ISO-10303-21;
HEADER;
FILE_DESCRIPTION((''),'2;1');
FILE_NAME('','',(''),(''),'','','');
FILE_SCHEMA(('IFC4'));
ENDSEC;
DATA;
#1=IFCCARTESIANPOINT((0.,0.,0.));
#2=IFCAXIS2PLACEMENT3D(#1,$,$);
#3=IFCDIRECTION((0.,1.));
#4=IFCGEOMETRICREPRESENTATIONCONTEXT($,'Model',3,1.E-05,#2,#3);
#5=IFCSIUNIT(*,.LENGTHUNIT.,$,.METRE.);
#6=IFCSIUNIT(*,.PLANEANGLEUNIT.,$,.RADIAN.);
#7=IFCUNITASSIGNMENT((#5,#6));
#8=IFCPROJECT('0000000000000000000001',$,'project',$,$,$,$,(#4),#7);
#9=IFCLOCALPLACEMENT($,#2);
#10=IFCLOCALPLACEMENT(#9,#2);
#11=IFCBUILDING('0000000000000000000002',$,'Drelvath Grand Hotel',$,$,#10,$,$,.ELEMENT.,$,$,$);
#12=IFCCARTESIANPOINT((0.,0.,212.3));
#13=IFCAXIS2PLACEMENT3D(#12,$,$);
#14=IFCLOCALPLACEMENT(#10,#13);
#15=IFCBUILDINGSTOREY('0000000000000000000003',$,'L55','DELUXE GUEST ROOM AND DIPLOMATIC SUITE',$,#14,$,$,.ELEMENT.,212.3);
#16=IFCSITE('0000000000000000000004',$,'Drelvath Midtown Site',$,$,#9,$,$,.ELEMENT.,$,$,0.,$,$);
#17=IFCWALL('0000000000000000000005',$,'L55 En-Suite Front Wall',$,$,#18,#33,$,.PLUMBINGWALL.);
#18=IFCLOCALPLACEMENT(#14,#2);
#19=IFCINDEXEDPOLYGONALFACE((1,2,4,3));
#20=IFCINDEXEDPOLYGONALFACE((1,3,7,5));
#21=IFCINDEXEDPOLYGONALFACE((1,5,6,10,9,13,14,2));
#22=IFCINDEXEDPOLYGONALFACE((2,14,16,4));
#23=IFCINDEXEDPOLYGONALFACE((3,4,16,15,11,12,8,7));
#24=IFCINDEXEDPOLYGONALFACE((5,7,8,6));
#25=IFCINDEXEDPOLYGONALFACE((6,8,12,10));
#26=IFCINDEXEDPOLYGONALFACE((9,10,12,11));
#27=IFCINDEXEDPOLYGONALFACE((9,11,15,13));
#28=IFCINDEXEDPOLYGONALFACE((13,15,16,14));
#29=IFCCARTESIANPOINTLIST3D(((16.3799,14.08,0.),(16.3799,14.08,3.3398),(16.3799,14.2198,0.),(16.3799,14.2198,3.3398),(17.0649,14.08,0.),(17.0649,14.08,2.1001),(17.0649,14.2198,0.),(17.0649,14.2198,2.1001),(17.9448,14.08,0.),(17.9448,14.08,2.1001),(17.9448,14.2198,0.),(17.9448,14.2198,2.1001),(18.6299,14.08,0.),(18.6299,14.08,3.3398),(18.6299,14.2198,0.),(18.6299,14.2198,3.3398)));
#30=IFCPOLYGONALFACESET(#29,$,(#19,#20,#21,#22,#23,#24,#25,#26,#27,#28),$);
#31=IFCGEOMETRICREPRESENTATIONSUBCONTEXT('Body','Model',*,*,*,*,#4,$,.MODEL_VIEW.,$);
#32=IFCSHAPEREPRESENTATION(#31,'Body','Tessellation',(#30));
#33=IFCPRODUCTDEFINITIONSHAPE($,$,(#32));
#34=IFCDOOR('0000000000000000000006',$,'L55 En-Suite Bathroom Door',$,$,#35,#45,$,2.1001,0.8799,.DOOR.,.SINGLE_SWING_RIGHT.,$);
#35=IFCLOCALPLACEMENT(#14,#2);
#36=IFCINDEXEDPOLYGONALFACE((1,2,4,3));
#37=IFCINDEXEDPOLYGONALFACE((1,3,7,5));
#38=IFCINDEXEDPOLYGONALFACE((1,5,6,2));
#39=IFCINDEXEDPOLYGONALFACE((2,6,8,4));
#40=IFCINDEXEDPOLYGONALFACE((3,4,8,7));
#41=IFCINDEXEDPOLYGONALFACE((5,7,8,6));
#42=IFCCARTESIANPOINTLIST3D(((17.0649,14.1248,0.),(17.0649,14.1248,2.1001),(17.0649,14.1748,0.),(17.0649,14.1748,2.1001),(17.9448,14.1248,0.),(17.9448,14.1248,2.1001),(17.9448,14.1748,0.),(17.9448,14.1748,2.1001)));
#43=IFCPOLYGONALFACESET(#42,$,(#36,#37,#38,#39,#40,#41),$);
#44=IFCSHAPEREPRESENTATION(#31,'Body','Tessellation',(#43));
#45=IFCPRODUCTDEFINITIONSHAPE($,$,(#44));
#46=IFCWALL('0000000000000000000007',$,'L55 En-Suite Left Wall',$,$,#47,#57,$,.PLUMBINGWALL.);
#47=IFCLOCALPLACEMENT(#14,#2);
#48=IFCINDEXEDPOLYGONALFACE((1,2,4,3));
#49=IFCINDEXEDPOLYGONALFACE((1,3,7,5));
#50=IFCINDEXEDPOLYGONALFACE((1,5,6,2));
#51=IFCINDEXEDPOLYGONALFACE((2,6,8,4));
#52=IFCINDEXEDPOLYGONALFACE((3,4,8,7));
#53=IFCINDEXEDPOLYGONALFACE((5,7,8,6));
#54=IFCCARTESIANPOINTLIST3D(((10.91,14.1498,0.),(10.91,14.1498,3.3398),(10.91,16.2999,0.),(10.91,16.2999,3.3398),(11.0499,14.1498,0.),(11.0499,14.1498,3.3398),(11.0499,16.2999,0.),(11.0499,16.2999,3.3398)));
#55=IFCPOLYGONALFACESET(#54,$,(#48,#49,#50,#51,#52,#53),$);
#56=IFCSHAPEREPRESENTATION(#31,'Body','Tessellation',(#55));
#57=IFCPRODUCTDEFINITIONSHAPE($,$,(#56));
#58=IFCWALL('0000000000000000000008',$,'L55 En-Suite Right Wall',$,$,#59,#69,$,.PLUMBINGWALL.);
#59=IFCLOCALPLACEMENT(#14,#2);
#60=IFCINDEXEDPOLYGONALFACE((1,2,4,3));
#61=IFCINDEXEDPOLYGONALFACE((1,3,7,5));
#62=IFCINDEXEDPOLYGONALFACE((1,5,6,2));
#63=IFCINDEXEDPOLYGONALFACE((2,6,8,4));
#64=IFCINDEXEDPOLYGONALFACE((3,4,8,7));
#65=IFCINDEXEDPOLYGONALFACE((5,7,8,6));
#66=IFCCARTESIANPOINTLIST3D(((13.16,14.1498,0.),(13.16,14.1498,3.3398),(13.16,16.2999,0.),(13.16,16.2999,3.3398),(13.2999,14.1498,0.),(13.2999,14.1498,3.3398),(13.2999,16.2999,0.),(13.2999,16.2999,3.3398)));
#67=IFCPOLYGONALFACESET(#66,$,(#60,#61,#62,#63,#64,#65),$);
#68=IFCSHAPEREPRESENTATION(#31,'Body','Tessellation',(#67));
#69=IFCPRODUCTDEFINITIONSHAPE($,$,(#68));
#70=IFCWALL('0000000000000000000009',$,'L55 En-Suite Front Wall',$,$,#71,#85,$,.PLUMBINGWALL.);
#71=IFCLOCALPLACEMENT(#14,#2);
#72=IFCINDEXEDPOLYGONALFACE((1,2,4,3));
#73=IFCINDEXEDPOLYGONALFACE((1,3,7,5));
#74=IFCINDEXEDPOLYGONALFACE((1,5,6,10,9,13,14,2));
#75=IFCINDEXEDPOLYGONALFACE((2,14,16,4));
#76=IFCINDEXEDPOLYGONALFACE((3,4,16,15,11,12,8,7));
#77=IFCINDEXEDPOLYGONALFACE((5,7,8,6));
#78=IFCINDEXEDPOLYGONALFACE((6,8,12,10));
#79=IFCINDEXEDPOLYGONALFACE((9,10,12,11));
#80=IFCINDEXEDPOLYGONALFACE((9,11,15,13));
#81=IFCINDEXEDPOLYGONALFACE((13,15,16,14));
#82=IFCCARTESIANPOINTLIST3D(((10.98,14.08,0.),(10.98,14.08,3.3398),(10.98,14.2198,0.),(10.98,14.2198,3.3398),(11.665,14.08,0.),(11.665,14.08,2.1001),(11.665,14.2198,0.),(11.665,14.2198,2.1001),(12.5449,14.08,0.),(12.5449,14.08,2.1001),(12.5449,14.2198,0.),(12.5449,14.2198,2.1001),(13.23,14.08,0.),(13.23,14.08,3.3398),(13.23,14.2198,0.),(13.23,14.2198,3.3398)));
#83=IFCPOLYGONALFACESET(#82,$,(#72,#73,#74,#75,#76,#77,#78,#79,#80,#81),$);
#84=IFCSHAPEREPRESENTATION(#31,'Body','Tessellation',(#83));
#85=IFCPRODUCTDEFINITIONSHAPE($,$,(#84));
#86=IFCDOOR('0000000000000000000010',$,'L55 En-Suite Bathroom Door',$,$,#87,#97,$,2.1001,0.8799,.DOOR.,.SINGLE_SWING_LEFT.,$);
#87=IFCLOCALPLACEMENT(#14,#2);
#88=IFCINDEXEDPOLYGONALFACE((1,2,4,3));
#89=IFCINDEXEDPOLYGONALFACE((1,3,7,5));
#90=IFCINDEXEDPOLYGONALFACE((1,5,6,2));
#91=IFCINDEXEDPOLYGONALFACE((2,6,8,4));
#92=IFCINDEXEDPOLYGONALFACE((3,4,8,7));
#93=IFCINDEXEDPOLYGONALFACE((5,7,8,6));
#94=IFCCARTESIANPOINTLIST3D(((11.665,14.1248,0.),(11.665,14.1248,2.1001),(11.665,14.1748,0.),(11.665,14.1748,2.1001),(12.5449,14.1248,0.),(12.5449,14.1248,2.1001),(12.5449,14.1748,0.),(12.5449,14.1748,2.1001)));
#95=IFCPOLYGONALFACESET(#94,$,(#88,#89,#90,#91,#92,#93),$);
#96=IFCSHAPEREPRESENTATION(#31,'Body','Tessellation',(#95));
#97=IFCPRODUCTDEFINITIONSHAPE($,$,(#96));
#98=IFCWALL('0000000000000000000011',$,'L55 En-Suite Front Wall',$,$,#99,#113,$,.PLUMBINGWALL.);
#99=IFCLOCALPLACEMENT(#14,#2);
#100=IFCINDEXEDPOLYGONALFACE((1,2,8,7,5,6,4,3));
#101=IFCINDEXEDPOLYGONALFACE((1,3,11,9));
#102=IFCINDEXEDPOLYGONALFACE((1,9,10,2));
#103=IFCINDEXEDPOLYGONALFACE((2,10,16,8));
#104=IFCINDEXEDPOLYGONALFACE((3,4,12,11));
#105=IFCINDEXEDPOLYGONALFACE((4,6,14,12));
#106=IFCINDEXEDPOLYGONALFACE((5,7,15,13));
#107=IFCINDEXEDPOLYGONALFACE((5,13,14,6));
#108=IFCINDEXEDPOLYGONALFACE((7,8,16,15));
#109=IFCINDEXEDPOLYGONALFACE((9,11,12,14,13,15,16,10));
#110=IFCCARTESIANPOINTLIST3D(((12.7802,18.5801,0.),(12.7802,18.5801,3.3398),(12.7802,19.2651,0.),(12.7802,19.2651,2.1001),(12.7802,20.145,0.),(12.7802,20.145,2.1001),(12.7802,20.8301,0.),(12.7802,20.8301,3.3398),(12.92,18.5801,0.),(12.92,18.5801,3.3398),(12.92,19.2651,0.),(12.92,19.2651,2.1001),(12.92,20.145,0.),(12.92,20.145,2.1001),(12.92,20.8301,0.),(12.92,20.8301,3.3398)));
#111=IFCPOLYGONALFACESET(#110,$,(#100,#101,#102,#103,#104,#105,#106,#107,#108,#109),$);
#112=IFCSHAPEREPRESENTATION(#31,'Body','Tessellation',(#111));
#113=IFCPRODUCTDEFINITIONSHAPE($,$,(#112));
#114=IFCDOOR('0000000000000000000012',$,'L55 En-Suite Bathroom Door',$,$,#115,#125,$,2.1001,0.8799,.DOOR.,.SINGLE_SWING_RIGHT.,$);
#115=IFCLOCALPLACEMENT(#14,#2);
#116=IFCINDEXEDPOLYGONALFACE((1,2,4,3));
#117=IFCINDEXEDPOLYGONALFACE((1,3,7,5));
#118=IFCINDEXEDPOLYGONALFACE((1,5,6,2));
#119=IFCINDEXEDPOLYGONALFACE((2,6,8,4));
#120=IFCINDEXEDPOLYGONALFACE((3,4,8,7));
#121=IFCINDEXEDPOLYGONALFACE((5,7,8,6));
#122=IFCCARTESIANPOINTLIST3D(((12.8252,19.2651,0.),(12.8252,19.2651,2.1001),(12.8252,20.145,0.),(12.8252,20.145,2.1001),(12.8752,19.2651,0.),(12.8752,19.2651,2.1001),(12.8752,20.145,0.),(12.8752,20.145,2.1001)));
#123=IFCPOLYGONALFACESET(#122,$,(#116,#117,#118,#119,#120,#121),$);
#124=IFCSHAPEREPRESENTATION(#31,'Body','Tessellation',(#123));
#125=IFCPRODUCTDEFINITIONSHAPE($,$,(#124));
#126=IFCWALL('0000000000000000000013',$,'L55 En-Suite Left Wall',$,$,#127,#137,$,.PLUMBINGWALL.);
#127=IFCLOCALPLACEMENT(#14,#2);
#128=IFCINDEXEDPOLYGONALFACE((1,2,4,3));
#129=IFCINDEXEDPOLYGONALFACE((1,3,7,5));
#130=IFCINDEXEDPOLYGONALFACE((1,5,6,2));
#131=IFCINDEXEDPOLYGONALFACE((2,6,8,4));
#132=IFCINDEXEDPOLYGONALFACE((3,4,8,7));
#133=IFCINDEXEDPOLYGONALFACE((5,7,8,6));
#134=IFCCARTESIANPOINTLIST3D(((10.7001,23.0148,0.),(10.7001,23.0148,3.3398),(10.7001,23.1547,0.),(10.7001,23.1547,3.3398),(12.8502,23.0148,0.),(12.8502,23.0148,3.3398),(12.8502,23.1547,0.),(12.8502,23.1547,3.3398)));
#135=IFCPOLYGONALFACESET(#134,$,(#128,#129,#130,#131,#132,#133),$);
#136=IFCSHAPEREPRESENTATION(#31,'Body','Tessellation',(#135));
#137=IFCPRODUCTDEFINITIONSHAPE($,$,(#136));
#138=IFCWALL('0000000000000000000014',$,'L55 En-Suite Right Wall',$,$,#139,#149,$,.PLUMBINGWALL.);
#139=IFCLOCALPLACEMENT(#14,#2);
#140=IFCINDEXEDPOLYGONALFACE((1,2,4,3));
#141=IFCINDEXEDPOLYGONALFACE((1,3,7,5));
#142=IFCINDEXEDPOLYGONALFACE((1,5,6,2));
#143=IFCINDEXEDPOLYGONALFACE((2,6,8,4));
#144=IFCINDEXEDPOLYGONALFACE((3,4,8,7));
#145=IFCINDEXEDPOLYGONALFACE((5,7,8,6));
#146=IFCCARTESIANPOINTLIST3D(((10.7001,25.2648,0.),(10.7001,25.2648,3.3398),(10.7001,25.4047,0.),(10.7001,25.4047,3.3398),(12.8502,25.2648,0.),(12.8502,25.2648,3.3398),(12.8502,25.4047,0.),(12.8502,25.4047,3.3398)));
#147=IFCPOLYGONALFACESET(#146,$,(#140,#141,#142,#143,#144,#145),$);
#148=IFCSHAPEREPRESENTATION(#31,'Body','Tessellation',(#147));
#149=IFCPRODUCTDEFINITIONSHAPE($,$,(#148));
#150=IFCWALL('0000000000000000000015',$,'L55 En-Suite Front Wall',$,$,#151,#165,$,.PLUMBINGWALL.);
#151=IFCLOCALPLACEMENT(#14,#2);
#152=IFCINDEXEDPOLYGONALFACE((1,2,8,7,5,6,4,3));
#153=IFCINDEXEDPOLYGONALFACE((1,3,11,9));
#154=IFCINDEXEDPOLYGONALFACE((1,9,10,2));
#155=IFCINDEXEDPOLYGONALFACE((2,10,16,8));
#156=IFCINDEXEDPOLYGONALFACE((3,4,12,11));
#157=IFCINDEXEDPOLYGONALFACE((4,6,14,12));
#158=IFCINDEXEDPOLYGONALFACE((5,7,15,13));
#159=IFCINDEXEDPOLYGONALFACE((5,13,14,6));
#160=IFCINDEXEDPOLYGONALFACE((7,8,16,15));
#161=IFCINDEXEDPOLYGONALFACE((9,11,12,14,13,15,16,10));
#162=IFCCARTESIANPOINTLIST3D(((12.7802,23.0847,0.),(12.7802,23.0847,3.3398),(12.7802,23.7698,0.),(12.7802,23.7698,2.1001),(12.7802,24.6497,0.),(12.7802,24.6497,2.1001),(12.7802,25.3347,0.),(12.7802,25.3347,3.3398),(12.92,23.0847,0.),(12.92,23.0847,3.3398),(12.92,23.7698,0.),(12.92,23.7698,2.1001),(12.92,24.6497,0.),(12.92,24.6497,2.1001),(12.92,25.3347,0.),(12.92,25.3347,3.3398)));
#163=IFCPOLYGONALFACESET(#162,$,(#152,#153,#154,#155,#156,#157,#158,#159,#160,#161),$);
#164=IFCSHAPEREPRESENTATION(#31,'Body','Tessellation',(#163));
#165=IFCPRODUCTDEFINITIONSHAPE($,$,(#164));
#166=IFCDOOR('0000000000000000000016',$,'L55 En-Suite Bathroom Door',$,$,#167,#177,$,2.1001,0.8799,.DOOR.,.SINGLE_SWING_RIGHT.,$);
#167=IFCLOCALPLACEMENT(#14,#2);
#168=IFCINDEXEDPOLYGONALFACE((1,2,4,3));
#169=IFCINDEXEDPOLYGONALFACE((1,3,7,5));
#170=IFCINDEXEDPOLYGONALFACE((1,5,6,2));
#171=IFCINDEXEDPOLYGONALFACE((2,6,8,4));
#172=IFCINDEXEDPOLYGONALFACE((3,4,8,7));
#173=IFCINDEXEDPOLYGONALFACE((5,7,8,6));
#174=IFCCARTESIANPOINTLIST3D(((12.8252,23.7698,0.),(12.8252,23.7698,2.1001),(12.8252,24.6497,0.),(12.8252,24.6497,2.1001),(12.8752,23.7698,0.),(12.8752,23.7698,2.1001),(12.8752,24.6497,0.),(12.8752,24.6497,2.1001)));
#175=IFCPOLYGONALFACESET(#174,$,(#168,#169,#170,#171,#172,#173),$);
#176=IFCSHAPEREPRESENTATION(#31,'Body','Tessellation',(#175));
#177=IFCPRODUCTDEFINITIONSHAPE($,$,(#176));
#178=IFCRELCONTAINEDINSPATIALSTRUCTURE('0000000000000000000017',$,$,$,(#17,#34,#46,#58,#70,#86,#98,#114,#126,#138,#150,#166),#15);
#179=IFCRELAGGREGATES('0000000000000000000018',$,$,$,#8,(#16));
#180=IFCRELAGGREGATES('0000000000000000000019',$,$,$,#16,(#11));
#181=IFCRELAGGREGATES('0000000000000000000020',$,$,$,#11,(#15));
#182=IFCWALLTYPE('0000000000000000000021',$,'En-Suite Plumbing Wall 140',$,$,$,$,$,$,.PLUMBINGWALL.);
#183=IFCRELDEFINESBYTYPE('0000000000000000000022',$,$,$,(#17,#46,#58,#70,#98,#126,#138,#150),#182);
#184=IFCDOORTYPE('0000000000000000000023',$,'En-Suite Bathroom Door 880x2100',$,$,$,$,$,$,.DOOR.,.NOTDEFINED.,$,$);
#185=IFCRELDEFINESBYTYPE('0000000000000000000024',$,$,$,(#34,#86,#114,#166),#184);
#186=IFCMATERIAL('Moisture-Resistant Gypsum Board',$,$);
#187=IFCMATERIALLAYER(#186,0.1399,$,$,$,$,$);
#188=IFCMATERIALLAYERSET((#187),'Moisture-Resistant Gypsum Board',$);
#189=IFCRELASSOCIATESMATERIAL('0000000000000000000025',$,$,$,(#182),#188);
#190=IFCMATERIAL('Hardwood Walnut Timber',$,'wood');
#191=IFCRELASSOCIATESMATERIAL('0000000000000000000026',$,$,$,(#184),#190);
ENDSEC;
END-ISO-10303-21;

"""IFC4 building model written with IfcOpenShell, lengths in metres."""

from ifc_helpers import new_model, si_unit, direction, frame, frame_2d, origin, place, context, subcontext, project, spatial, rectangle, extrude, material, layer, layer_set, type_object, element, fill, save


model = new_model("IFC4")

# Units and contexts
model_context = context("Model", 3, precision=1e-05, world=origin(), true_north=direction((0.0, 1.0)))
body_context = subcontext(model_context, "Body", "Model", "MODEL_VIEW")
ifc_project = project(units=[si_unit("LENGTHUNIT", "METRE"), si_unit("PLANEANGLEUNIT", "RADIAN")], contexts=[model_context])

# Site, building, storey
site_placement = place(None, origin())
site = spatial("IfcSite", under=ifc_project, at=site_placement, Name="Drelvath Midtown Site", CompositionType="ELEMENT", RefElevation=0.0)
building_placement = place(site_placement, origin())
building = spatial("IfcBuilding", under=site, at=building_placement, Name="Drelvath Grand Hotel", CompositionType="ELEMENT")
storey_placement = place(building_placement, frame((0.0, 0.0, 212.3)))
storey = spatial("IfcBuildingStorey", under=building, at=storey_placement, Name="L55", Description="DELUXE GUEST ROOM AND DIPLOMATIC SUITE", CompositionType="ELEMENT", Elevation=212.3)

# Shared definitions
ifc_material_1 = material(Name="Moisture-Resistant Gypsum Board")
ifc_layer_1 = layer(ifc_material_1, 0.1399)
ifc_layer_set_1 = layer_set([ifc_layer_1], Name="Moisture-Resistant Gypsum Board")
wall_type_1 = type_object("IfcWallType", Name="En-Suite Plumbing Wall 140", PredefinedType="PLUMBINGWALL", material=ifc_layer_set_1)

# Wall, opening, door
wall_1_placement = place(storey_placement, frame((16.3799, 14.1499, 0.0), z_axis=(0.0, 0.0, 1.0), x_axis=(1.0, 0.0, 0.0)))
wall_1 = element("IfcWall", 1, at=wall_1_placement, inside=storey, type_object=wall_type_1, Name="L55 En-Suite Front Wall", PredefinedType="PLUMBINGWALL", context=body_context, shape_type="SweptSolid", body=[
    extrude(rectangle(XDim=2.25, YDim=0.1399, at=frame_2d((1.125, 0.0))), origin(), (0.0, 0.0, 1.0), 3.3398),
])
opening_1_placement = place(wall_1_placement, frame((0.6851, 0.0, 0.0)))
opening_1 = element("IfcOpeningElement", 2, at=opening_1_placement, cuts=wall_1, PredefinedType="OPENING", context=body_context, shape_type="SweptSolid", body=[
    extrude(rectangle(XDim=0.8799, YDim=2.1001, at=frame_2d((0.4399, 1.05))), frame((0.0, 0.0798, 0.0), z_axis=(0.0, -1.0, 0.0), x_axis=(1.0, 0.0, 0.0)), (0.0, 0.0, 1.0), 0.1599),
])
ifc_material_2 = material(Name="Hardwood Walnut Timber", Category="wood")
door_type = type_object("IfcDoorType", Name="En-Suite Bathroom Door 880x2100", OperationType="NOTDEFINED", PredefinedType="DOOR", material=ifc_material_2)
door_1_placement = place(opening_1_placement, origin())
door_1 = element("IfcDoor", 3, at=door_1_placement, inside=storey, type_object=door_type, Name="L55 En-Suite Bathroom Door", OperationType="SINGLE_SWING_RIGHT", OverallHeight=2.1001, OverallWidth=0.8799, PredefinedType="DOOR", context=body_context, shape_type="SweptSolid", body=[
    extrude(rectangle(XDim=0.8799, YDim=2.1001, at=frame_2d((0.4399, 1.05))), frame((0.0, 0.0249, 0.0), z_axis=(0.0, -1.0, 0.0), x_axis=(1.0, 0.0, 0.0)), (0.0, 0.0, 1.0), 0.05),
])
fill(opening_1, door_1)

# Walls
for number, where, z_axis, x_axis, name in (
    (4, (10.98, 16.3, 0.0), (0.0, 0.0, 1.0), (0.0, -1.0, 0.0), "L55 En-Suite Left Wall"),
    (5, (13.23, 16.3, 0.0), (0.0, 0.0, 1.0), (0.0, -1.0, 0.0), "L55 En-Suite Right Wall"),
):
    element("IfcWall", number, at=place(storey_placement, frame(where, z_axis=z_axis, x_axis=x_axis)), inside=storey, type_object=wall_type_1, Name=name, PredefinedType="PLUMBINGWALL", context=body_context, shape_type="SweptSolid", body=[
        extrude(rectangle(XDim=2.1501, YDim=0.1399, at=frame_2d((1.0752, 0.0))), origin(), (0.0, 0.0, 1.0), 3.3398),
    ])

# Walls, openings, doors
wall_2_placement = place(storey_placement, frame((10.98, 14.1499, 0.0), z_axis=(0.0, 0.0, 1.0), x_axis=(1.0, 0.0, 0.0)))
wall_2 = element("IfcWall", 6, at=wall_2_placement, inside=storey, type_object=wall_type_1, Name="L55 En-Suite Front Wall", PredefinedType="PLUMBINGWALL", context=body_context, shape_type="SweptSolid", body=[
    extrude(rectangle(XDim=2.25, YDim=0.1399, at=frame_2d((1.125, 0.0))), origin(), (0.0, 0.0, 1.0), 3.3398),
])
opening_2_placement = place(wall_2_placement, frame((0.6851, 0.0, 0.0)))
opening_2 = element("IfcOpeningElement", 7, at=opening_2_placement, cuts=wall_2, PredefinedType="OPENING", context=body_context, shape_type="SweptSolid", body=[
    extrude(rectangle(XDim=0.8799, YDim=2.1001, at=frame_2d((0.4399, 1.05))), frame((0.0, 0.0798, 0.0), z_axis=(0.0, -1.0, 0.0), x_axis=(1.0, 0.0, 0.0)), (0.0, 0.0, 1.0), 0.1599),
])
door_2_placement = place(opening_2_placement, origin())
door_2 = element("IfcDoor", 8, at=door_2_placement, inside=storey, type_object=door_type, Name="L55 En-Suite Bathroom Door", OperationType="SINGLE_SWING_LEFT", OverallHeight=2.1001, OverallWidth=0.8799, PredefinedType="DOOR", context=body_context, shape_type="SweptSolid", body=[
    extrude(rectangle(XDim=0.8799, YDim=2.1001, at=frame_2d((0.4399, 1.05))), frame((0.0, 0.0249, 0.0), z_axis=(0.0, -1.0, 0.0), x_axis=(1.0, 0.0, 0.0)), (0.0, 0.0, 1.0), 0.05),
])
fill(opening_2, door_2)
wall_3_placement = place(storey_placement, frame((12.8501, 18.5801, 0.0), z_axis=(0.0, 0.0, 1.0), x_axis=(0.0, 1.0, 0.0)))
wall_3 = element("IfcWall", 9, at=wall_3_placement, inside=storey, type_object=wall_type_1, Name="L55 En-Suite Front Wall", PredefinedType="PLUMBINGWALL", context=body_context, shape_type="SweptSolid", body=[
    extrude(rectangle(XDim=2.25, YDim=0.1399, at=frame_2d((1.125, 0.0))), origin(), (0.0, 0.0, 1.0), 3.3398),
])
opening_3_placement = place(wall_3_placement, frame((0.6851, 0.0, 0.0)))
opening_3 = element("IfcOpeningElement", 10, at=opening_3_placement, cuts=wall_3, PredefinedType="OPENING", context=body_context, shape_type="SweptSolid", body=[
    extrude(rectangle(XDim=0.8799, YDim=2.1001, at=frame_2d((0.4399, 1.05))), frame((0.0, 0.0798, 0.0), z_axis=(0.0, -1.0, 0.0), x_axis=(1.0, 0.0, 0.0)), (0.0, 0.0, 1.0), 0.1599),
])
door_3_placement = place(opening_3_placement, origin())
door_3 = element("IfcDoor", 11, at=door_3_placement, inside=storey, type_object=door_type, Name="L55 En-Suite Bathroom Door", OperationType="SINGLE_SWING_RIGHT", OverallHeight=2.1001, OverallWidth=0.8799, PredefinedType="DOOR", context=body_context, shape_type="SweptSolid", body=[
    extrude(rectangle(XDim=0.8799, YDim=2.1001, at=frame_2d((0.4399, 1.05))), frame((0.0, 0.0249, 0.0), z_axis=(0.0, -1.0, 0.0), x_axis=(1.0, 0.0, 0.0)), (0.0, 0.0, 1.0), 0.05),
])
fill(opening_3, door_3)

# Walls
for number, where, z_axis, x_axis, name in (
    (12, (10.7, 23.0847, 0.0), (0.0, 0.0, 1.0), (1.0, 0.0, 0.0), "L55 En-Suite Left Wall"),
    (13, (10.7, 25.3347, 0.0), (0.0, 0.0, 1.0), (1.0, 0.0, 0.0), "L55 En-Suite Right Wall"),
):
    element("IfcWall", number, at=place(storey_placement, frame(where, z_axis=z_axis, x_axis=x_axis)), inside=storey, type_object=wall_type_1, Name=name, PredefinedType="PLUMBINGWALL", context=body_context, shape_type="SweptSolid", body=[
        extrude(rectangle(XDim=2.1501, YDim=0.1399, at=frame_2d((1.0752, 0.0))), origin(), (0.0, 0.0, 1.0), 3.3398),
    ])

# Wall, opening, door
wall_4_placement = place(storey_placement, frame((12.8501, 23.0847, 0.0), z_axis=(0.0, 0.0, 1.0), x_axis=(0.0, 1.0, 0.0)))
wall_4 = element("IfcWall", 14, at=wall_4_placement, inside=storey, type_object=wall_type_1, Name="L55 En-Suite Front Wall", PredefinedType="PLUMBINGWALL", context=body_context, shape_type="SweptSolid", body=[
    extrude(rectangle(XDim=2.25, YDim=0.1399, at=frame_2d((1.125, 0.0))), origin(), (0.0, 0.0, 1.0), 3.3398),
])
opening_4_placement = place(wall_4_placement, frame((0.6851, 0.0, 0.0)))
opening_4 = element("IfcOpeningElement", 15, at=opening_4_placement, cuts=wall_4, PredefinedType="OPENING", context=body_context, shape_type="SweptSolid", body=[
    extrude(rectangle(XDim=0.8799, YDim=2.1001, at=frame_2d((0.4399, 1.05))), frame((0.0, 0.0798, 0.0), z_axis=(0.0, -1.0, 0.0), x_axis=(1.0, 0.0, 0.0)), (0.0, 0.0, 1.0), 0.1599),
])
door_4_placement = place(opening_4_placement, origin())
door_4 = element("IfcDoor", 16, at=door_4_placement, inside=storey, type_object=door_type, Name="L55 En-Suite Bathroom Door", OperationType="SINGLE_SWING_RIGHT", OverallHeight=2.1001, OverallWidth=0.8799, PredefinedType="DOOR", context=body_context, shape_type="SweptSolid", body=[
    extrude(rectangle(XDim=0.8799, YDim=2.1001, at=frame_2d((0.4399, 1.05))), frame((0.0, 0.0249, 0.0), z_axis=(0.0, -1.0, 0.0), x_axis=(1.0, 0.0, 0.0)), (0.0, 0.0, 1.0), 0.05),
])
fill(opening_4, door_4)

save(model, "model.ifc")
